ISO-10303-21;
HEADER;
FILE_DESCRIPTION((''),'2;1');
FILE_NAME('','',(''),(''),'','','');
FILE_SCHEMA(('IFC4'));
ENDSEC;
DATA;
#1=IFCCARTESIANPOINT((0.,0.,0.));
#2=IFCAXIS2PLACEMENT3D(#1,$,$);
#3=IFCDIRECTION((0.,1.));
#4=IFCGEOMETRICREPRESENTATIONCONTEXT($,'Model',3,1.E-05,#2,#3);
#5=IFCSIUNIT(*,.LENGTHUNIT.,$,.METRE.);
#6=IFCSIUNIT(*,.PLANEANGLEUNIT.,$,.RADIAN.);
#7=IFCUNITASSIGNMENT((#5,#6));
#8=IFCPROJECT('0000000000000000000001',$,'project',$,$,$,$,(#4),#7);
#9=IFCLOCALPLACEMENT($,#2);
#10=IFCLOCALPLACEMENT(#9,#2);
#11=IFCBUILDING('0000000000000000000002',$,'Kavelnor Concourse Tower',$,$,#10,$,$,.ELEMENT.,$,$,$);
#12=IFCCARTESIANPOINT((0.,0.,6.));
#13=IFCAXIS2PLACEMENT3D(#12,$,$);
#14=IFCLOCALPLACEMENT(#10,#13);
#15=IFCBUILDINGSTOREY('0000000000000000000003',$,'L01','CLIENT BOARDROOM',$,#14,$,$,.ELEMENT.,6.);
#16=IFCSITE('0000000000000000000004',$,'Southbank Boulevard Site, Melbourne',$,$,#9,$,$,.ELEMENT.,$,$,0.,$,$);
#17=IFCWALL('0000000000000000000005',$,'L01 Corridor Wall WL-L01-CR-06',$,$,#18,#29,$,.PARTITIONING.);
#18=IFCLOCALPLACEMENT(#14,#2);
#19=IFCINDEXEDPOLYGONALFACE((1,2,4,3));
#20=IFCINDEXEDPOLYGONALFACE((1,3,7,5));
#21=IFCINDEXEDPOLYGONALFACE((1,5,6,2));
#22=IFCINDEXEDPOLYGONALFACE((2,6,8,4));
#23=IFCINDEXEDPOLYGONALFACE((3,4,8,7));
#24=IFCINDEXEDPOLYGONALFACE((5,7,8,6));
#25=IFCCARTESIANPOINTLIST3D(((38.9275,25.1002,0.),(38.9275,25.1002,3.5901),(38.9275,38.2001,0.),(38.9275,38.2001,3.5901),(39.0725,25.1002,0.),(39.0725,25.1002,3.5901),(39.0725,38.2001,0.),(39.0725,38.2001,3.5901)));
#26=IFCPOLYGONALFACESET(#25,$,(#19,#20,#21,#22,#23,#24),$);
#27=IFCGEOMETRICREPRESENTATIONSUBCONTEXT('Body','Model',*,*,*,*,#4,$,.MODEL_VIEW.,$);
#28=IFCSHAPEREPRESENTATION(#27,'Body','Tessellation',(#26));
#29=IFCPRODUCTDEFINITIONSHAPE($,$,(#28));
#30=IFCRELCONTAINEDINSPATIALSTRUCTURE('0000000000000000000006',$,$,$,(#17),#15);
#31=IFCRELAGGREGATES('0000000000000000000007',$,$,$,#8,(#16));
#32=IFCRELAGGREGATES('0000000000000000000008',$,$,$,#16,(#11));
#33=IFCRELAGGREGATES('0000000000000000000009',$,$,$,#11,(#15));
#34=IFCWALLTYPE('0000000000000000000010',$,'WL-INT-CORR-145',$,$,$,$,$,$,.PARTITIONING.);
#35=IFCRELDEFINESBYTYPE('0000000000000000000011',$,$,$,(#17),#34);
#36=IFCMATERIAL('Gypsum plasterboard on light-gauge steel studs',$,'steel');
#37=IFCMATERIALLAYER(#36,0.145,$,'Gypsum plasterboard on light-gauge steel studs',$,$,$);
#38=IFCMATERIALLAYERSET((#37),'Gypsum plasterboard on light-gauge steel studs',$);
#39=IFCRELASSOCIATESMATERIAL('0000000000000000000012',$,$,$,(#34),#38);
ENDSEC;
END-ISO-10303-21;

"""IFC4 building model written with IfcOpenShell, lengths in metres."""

from ifc_helpers import new_model, si_unit, direction, frame, frame_2d, origin, place, context, subcontext, project, spatial, rectangle, extrude, material, layer, layer_set, type_object, element, save


model = new_model("IFC4")

# Units and contexts
model_context = context("Model", 3, precision=1e-05, world=origin(), true_north=direction((0.0, 1.0)))
body_context = subcontext(model_context, "Body", "Model", "MODEL_VIEW")
ifc_project = project(units=[si_unit("LENGTHUNIT", "METRE"), si_unit("PLANEANGLEUNIT", "RADIAN")], contexts=[model_context])

# Site, building, storey
site_placement = place(None, origin())
site = spatial("IfcSite", under=ifc_project, at=site_placement, Name="Southbank Boulevard Site, Melbourne", CompositionType="ELEMENT", RefElevation=0.0)
building_placement = place(site_placement, origin())
building = spatial("IfcBuilding", under=site, at=building_placement, Name="Kavelnor Concourse Tower", CompositionType="ELEMENT")
storey_placement = place(building_placement, frame((0.0, 0.0, 6.0)))
storey = spatial("IfcBuildingStorey", under=building, at=storey_placement, Name="L01", Description="CLIENT BOARDROOM", CompositionType="ELEMENT", Elevation=6.0)

# Wall
ifc_material_1 = material(Name="Gypsum plasterboard on light-gauge steel studs", Category="steel")
ifc_layer_1 = layer(ifc_material_1, 0.145, Name="Gypsum plasterboard on light-gauge steel studs")
ifc_layer_set_1 = layer_set([ifc_layer_1], Name="Gypsum plasterboard on light-gauge steel studs")
wall_type_1 = type_object("IfcWallType", Name="WL-INT-CORR-145", PredefinedType="PARTITIONING", material=ifc_layer_set_1)
wall_1_placement = place(storey_placement, frame((39.0, 38.2, 0.0), z_axis=(0.0, 0.0, 1.0), x_axis=(0.0, -1.0, 0.0)))
element("IfcWall", 1, at=wall_1_placement, inside=storey, type_object=wall_type_1, Name="L01 Corridor Wall WL-L01-CR-06", PredefinedType="PARTITIONING", context=body_context, shape_type="SweptSolid", body=[
    extrude(rectangle(XDim=13.0999, YDim=0.145, at=frame_2d((6.5498, 0.0))), origin(), (0.0, 0.0, 1.0), 3.5901),
])

save(model, "model.ifc")
